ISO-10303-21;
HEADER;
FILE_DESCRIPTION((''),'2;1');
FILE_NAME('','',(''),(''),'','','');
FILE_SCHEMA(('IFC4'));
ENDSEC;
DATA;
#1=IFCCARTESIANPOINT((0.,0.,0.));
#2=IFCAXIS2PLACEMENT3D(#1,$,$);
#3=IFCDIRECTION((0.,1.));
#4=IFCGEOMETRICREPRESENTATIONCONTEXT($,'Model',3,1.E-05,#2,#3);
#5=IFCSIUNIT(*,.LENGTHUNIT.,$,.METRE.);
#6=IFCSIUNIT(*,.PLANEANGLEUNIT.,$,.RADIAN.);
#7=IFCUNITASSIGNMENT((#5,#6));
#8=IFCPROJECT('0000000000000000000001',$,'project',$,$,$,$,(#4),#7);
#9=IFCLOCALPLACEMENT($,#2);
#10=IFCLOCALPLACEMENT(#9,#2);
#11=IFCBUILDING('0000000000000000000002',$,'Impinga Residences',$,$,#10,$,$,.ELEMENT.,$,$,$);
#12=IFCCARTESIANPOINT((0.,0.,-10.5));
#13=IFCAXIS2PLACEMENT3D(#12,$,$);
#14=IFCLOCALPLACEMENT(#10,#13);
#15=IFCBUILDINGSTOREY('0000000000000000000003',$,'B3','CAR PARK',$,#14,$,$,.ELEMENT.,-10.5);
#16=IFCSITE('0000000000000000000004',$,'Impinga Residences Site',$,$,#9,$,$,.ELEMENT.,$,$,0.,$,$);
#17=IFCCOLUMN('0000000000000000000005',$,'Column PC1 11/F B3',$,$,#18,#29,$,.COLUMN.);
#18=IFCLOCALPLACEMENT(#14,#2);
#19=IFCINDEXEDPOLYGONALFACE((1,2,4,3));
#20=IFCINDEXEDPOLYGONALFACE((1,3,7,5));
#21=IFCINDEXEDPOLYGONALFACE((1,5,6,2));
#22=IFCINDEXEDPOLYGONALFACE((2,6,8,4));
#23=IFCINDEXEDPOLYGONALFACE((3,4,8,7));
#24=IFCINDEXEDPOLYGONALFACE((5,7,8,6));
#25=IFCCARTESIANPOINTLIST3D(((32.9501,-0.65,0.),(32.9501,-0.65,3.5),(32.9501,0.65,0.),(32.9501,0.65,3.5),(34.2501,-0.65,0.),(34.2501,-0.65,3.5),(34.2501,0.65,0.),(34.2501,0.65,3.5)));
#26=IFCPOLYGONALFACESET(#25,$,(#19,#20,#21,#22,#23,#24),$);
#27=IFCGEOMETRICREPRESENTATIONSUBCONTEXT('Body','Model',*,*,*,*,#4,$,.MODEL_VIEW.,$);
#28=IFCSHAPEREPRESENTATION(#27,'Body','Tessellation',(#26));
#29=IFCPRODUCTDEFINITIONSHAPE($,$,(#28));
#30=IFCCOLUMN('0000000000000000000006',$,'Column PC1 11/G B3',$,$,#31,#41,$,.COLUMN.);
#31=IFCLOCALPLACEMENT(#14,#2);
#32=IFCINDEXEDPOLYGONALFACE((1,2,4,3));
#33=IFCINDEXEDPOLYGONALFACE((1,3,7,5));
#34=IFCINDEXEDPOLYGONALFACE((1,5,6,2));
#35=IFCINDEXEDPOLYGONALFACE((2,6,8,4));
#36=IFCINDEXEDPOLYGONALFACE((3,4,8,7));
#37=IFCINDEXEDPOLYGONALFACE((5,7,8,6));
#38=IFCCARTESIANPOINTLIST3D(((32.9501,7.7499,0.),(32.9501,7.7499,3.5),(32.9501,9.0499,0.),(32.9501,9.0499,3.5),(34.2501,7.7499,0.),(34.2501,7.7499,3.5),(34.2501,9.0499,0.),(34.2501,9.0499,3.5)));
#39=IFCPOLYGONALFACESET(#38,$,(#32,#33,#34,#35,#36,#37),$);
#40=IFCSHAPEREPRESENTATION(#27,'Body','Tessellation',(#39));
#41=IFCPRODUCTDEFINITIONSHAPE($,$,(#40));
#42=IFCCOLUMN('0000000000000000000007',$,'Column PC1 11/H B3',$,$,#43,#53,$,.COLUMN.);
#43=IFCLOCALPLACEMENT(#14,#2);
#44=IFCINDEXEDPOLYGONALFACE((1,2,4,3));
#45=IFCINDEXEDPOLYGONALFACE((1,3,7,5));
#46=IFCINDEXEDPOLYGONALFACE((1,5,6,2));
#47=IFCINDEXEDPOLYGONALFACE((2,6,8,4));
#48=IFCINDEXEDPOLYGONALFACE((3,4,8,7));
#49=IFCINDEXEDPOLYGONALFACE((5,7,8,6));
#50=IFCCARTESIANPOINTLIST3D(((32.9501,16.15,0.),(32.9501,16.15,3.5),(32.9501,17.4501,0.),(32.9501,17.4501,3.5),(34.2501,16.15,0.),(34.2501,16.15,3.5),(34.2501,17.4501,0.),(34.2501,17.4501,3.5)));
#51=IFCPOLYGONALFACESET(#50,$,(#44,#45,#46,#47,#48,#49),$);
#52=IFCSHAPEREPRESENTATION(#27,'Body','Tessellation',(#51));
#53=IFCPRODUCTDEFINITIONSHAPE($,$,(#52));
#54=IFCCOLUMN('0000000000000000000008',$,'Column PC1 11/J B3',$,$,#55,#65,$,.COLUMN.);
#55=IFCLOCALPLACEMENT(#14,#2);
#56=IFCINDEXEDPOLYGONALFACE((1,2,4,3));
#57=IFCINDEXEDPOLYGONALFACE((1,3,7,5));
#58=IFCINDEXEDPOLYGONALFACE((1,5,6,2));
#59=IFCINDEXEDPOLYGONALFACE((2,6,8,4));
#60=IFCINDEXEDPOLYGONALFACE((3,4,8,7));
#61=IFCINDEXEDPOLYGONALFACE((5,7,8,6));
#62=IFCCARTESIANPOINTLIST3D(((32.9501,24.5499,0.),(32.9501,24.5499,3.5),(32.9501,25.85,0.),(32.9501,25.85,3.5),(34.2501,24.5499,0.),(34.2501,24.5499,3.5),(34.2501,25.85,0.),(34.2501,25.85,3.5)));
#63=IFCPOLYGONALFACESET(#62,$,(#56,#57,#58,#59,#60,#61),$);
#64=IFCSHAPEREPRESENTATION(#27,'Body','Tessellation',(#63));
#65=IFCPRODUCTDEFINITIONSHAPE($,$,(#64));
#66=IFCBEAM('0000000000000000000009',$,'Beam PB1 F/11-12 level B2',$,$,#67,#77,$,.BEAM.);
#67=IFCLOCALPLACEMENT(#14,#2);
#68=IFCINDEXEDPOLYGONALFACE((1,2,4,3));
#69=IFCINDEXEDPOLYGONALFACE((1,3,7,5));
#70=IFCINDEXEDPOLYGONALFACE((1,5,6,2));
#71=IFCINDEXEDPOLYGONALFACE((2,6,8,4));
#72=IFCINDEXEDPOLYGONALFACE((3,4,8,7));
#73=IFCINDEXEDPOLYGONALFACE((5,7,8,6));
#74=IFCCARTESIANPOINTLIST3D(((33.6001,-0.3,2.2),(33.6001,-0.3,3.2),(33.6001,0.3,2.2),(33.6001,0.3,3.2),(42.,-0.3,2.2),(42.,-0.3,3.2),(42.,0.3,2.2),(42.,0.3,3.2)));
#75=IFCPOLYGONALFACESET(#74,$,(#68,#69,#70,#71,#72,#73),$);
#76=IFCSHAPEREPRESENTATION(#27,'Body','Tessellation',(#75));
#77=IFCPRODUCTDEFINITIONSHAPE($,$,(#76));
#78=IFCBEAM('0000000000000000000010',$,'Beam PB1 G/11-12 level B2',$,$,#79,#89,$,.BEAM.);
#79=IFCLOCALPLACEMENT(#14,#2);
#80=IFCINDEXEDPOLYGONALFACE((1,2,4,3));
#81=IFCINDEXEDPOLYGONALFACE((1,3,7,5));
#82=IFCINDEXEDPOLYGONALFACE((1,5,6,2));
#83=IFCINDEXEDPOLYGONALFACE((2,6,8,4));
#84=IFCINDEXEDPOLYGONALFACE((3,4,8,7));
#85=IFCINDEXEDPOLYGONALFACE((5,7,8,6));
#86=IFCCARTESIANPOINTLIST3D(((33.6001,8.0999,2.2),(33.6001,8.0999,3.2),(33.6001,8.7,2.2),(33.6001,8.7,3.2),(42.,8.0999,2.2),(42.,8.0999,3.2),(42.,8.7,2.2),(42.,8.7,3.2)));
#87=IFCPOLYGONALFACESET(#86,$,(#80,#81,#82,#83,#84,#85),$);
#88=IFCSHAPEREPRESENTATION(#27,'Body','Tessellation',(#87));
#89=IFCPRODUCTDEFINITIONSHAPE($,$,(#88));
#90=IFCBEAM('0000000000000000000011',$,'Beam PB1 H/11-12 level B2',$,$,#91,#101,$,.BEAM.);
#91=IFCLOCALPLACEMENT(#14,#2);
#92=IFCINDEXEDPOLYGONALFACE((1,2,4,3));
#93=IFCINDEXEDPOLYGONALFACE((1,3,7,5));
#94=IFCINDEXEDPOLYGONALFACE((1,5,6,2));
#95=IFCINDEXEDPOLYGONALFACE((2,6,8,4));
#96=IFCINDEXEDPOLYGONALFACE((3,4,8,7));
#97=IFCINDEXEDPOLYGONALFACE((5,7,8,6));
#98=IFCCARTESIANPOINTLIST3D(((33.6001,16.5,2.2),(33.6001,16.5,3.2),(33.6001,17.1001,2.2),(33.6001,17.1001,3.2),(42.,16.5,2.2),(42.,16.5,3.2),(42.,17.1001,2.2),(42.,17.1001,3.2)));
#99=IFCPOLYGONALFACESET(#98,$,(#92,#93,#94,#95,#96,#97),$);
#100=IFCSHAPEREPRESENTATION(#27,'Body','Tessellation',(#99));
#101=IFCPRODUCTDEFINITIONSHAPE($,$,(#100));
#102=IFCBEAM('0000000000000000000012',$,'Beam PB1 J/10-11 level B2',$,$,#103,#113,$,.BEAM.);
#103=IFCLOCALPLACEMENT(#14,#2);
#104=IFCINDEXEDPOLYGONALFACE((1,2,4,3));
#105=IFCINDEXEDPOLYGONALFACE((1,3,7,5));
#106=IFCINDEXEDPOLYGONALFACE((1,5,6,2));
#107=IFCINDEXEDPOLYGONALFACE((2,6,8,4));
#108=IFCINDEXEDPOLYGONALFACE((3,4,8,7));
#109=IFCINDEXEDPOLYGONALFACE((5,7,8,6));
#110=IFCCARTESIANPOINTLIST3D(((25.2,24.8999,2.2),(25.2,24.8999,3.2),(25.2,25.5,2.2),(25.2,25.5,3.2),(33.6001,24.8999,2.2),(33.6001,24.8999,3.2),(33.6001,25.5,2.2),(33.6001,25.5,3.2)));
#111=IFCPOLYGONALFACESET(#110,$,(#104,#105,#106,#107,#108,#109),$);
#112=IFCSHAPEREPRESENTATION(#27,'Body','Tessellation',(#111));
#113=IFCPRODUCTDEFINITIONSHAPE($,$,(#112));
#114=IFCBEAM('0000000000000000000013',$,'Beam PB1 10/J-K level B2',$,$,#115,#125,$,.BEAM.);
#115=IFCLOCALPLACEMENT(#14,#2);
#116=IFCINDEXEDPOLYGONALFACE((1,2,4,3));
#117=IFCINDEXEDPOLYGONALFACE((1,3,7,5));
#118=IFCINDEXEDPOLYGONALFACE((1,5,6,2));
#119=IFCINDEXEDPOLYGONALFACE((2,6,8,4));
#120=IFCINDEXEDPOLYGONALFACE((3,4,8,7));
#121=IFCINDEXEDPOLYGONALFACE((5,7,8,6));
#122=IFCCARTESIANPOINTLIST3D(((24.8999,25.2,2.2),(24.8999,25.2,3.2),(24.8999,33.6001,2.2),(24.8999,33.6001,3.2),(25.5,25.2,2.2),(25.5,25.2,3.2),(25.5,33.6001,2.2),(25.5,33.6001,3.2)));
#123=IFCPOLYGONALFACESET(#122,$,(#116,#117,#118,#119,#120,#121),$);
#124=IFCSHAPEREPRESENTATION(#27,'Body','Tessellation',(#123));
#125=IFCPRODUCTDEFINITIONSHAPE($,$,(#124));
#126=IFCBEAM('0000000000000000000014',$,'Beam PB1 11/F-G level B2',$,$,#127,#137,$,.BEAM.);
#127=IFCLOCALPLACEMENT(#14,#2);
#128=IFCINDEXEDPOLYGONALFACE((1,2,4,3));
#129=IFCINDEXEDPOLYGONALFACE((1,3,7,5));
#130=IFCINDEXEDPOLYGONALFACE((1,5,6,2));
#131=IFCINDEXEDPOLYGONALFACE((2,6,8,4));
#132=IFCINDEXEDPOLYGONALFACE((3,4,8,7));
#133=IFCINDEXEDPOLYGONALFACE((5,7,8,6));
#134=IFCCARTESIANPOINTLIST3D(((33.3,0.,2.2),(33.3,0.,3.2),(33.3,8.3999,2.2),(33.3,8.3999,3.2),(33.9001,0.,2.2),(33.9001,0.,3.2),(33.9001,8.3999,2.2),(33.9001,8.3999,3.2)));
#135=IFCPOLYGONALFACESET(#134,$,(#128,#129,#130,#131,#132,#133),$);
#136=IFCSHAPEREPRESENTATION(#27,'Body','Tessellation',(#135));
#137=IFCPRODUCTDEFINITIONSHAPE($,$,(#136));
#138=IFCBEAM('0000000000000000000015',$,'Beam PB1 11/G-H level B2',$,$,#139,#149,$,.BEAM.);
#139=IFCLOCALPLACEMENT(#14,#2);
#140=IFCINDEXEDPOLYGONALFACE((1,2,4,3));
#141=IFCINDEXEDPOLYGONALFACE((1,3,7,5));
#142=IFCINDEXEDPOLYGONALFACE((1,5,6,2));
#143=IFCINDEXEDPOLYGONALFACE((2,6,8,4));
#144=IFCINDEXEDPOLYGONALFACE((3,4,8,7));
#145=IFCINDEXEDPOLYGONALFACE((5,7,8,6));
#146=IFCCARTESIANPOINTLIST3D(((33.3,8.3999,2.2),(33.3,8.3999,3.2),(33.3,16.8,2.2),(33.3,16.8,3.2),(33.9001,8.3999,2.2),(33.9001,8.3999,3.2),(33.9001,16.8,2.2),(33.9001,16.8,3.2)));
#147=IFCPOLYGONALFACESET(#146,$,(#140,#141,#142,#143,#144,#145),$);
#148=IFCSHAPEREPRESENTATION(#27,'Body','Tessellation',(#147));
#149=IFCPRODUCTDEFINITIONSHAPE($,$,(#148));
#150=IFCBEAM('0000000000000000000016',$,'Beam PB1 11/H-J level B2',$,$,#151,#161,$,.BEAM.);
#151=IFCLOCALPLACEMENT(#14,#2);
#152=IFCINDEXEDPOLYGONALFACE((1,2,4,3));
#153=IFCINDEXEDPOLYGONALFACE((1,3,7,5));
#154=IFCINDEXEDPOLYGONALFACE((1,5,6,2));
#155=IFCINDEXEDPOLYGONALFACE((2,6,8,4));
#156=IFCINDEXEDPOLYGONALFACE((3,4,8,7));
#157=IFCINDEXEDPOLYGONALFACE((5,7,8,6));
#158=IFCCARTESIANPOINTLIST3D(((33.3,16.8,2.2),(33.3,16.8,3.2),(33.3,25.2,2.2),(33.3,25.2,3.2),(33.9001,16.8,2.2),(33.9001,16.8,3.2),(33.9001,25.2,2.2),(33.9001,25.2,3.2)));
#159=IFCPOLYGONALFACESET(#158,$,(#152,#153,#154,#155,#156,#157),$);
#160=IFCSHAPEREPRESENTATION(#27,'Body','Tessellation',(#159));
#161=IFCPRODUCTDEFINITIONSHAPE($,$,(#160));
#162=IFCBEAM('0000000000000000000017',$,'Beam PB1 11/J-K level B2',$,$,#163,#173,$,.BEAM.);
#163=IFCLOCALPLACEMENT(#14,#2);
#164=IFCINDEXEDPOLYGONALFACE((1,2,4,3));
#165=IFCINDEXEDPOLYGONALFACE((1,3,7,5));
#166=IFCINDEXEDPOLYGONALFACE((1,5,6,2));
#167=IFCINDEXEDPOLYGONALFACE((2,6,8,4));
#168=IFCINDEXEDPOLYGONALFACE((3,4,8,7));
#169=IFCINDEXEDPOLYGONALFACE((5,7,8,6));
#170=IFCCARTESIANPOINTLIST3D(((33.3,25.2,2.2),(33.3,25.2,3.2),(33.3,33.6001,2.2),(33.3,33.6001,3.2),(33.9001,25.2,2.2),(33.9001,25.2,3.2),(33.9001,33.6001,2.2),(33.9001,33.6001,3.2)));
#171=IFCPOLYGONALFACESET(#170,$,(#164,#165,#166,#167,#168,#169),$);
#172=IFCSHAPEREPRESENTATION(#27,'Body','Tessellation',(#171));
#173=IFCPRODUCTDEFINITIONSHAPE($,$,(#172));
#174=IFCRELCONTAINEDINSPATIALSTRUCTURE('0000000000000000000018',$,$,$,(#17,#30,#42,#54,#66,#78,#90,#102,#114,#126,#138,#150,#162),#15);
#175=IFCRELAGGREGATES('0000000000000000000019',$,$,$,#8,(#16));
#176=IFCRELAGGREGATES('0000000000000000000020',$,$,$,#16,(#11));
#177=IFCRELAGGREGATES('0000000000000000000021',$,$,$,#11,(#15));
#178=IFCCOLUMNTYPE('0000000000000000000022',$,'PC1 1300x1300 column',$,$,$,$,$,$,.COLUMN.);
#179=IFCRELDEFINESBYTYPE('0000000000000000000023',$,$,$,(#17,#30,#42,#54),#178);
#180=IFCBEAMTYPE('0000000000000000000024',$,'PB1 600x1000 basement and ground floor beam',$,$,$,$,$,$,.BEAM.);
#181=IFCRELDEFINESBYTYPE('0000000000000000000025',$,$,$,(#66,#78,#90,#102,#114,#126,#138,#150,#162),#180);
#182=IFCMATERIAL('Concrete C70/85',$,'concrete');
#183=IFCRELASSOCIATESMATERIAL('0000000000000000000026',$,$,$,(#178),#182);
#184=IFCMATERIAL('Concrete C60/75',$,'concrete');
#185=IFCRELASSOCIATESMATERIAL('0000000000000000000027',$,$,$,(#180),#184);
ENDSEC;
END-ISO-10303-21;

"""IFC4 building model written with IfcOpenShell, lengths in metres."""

from ifc_helpers import new_model, si_unit, direction, frame, origin, origin_2d, place, context, subcontext, project, spatial, rectangle, extrude, material, material_profile, profile_set, type_object, element, save


model = new_model("IFC4")

# Units and contexts
model_context = context("Model", 3, precision=1e-05, world=origin(), true_north=direction((0.0, 1.0)))
body_context = subcontext(model_context, "Body", "Model", "MODEL_VIEW")
ifc_project = project(units=[si_unit("LENGTHUNIT", "METRE"), si_unit("PLANEANGLEUNIT", "RADIAN")], contexts=[model_context])

# Site, building, storey
site_placement = place(None, origin())
site = spatial("IfcSite", under=ifc_project, at=site_placement, Name="Impinga Residences Site", CompositionType="ELEMENT", RefElevation=0.0)
building_placement = place(site_placement, origin())
building = spatial("IfcBuilding", under=site, at=building_placement, Name="Impinga Residences", CompositionType="ELEMENT")
storey_placement = place(building_placement, frame((0.0, 0.0, -10.5)))
storey = spatial("IfcBuildingStorey", under=building, at=storey_placement, Name="B3", Description="CAR PARK", CompositionType="ELEMENT", Elevation=-10.5)

# Columns
ifc_material_1 = material(Name="Concrete C70/85", Category="concrete")
ifc_material_profile_1 = material_profile(ifc_material_1, rectangle(XDim=1.3, YDim=1.3, at=origin_2d()), Name="RC 1300x1300")
ifc_profile_set_1 = profile_set([ifc_material_profile_1], Name="Concrete C70/85")
column_type = type_object("IfcColumnType", Name="PC1 1300x1300 column", PredefinedType="COLUMN", material=ifc_profile_set_1)
for number, where, z_axis, x_axis, name in (
    (1, (33.6001, 0.0, 0.0), (0.0, 0.0, 1.0), (1.0, 0.0, 0.0), "Column PC1 11/F B3"),
    (2, (33.6001, 8.3999, 0.0), (0.0, 0.0, 1.0), (1.0, 0.0, 0.0), "Column PC1 11/G B3"),
    (3, (33.6001, 16.8, 0.0), (0.0, 0.0, 1.0), (1.0, 0.0, 0.0), "Column PC1 11/H B3"),
    (4, (33.6001, 25.2, 0.0), (0.0, 0.0, 1.0), (1.0, 0.0, 0.0), "Column PC1 11/J B3"),
):
    element("IfcColumn", number, at=place(storey_placement, frame(where, z_axis=z_axis, x_axis=x_axis)), inside=storey, type_object=column_type, Name=name, PredefinedType="COLUMN", context=body_context, shape_type="SweptSolid", body=[
        extrude(rectangle(XDim=1.3, YDim=1.3, at=origin_2d()), origin(), (0.0, 0.0, 1.0), 3.5),
    ])

# Beams
ifc_material_2 = material(Name="Concrete C60/75", Category="concrete")
ifc_material_profile_2 = material_profile(ifc_material_2, rectangle(XDim=0.6001, YDim=1.0, at=origin_2d()), Name="RC 600x1000")
ifc_profile_set_2 = profile_set([ifc_material_profile_2], Name="Concrete C60/75")
beam_type = type_object("IfcBeamType", Name="PB1 600x1000 basement and ground floor beam", PredefinedType="BEAM", material=ifc_profile_set_2)
for number, where, z_axis, x_axis, name in (
    (5, (33.6001, 0.0, 2.7), (1.0, 0.0, 0.0), (0.0, 1.0, 0.0), "Beam PB1 F/11-12 level B2"),
    (6, (33.6001, 8.3999, 2.7), (1.0, 0.0, 0.0), (0.0, 1.0, 0.0), "Beam PB1 G/11-12 level B2"),
    (7, (33.6001, 16.8, 2.7), (1.0, 0.0, 0.0), (0.0, 1.0, 0.0), "Beam PB1 H/11-12 level B2"),
):
    element("IfcBeam", number, at=place(storey_placement, frame(where, z_axis=z_axis, x_axis=x_axis)), inside=storey, type_object=beam_type, Name=name, PredefinedType="BEAM", context=body_context, shape_type="SweptSolid", body=[
        extrude(rectangle(XDim=0.6001, YDim=1.0, at=origin_2d()), origin(), (0.0, 0.0, 1.0), 8.3999),
    ])
for number, where, z_axis, x_axis, name in (
    (8, (25.2, 25.2, 2.7), (1.0, 0.0, 0.0), (0.0, 1.0, 0.0), "Beam PB1 J/10-11 level B2"),
    (9, (25.2, 25.2, 2.7), (0.0, 1.0, 0.0), (-1.0, 0.0, 0.0), "Beam PB1 10/J-K level B2"),
):
    element("IfcBeam", number, at=place(storey_placement, frame(where, z_axis=z_axis, x_axis=x_axis)), inside=storey, type_object=beam_type, Name=name, PredefinedType="BEAM", context=body_context, shape_type="SweptSolid", body=[
        extrude(rectangle(XDim=0.6001, YDim=1.0, at=origin_2d()), origin(), (0.0, 0.0, 1.0), 8.4001),
    ])
beam_1_placement = place(storey_placement, frame((33.6001, 0.0, 2.7), z_axis=(0.0, 1.0, 0.0), x_axis=(-1.0, 0.0, 0.0)))
element("IfcBeam", 10, at=beam_1_placement, inside=storey, type_object=beam_type, Name="Beam PB1 11/F-G level B2", PredefinedType="BEAM", context=body_context, shape_type="SweptSolid", body=[
    extrude(rectangle(XDim=0.6001, YDim=1.0, at=origin_2d()), origin(), (0.0, 0.0, 1.0), 8.3999),
])
beam_2_placement = place(storey_placement, frame((33.6001, 8.3999, 2.7), z_axis=(0.0, 1.0, 0.0), x_axis=(-1.0, 0.0, 0.0)))
element("IfcBeam", 11, at=beam_2_placement, inside=storey, type_object=beam_type, Name="Beam PB1 11/G-H level B2", PredefinedType="BEAM", context=body_context, shape_type="SweptSolid", body=[
    extrude(rectangle(XDim=0.6001, YDim=1.0, at=origin_2d()), origin(), (0.0, 0.0, 1.0), 8.4001),
])
beam_3_placement = place(storey_placement, frame((33.6001, 16.8, 2.7), z_axis=(0.0, 1.0, 0.0), x_axis=(-1.0, 0.0, 0.0)))
element("IfcBeam", 12, at=beam_3_placement, inside=storey, type_object=beam_type, Name="Beam PB1 11/H-J level B2", PredefinedType="BEAM", context=body_context, shape_type="SweptSolid", body=[
    extrude(rectangle(XDim=0.6001, YDim=1.0, at=origin_2d()), origin(), (0.0, 0.0, 1.0), 8.3999),
])
beam_4_placement = place(storey_placement, frame((33.6001, 25.2, 2.7), z_axis=(0.0, 1.0, 0.0), x_axis=(-1.0, 0.0, 0.0)))
element("IfcBeam", 13, at=beam_4_placement, inside=storey, type_object=beam_type, Name="Beam PB1 11/J-K level B2", PredefinedType="BEAM", context=body_context, shape_type="SweptSolid", body=[
    extrude(rectangle(XDim=0.6001, YDim=1.0, at=origin_2d()), origin(), (0.0, 0.0, 1.0), 8.4001),
])

save(model, "model.ifc")
